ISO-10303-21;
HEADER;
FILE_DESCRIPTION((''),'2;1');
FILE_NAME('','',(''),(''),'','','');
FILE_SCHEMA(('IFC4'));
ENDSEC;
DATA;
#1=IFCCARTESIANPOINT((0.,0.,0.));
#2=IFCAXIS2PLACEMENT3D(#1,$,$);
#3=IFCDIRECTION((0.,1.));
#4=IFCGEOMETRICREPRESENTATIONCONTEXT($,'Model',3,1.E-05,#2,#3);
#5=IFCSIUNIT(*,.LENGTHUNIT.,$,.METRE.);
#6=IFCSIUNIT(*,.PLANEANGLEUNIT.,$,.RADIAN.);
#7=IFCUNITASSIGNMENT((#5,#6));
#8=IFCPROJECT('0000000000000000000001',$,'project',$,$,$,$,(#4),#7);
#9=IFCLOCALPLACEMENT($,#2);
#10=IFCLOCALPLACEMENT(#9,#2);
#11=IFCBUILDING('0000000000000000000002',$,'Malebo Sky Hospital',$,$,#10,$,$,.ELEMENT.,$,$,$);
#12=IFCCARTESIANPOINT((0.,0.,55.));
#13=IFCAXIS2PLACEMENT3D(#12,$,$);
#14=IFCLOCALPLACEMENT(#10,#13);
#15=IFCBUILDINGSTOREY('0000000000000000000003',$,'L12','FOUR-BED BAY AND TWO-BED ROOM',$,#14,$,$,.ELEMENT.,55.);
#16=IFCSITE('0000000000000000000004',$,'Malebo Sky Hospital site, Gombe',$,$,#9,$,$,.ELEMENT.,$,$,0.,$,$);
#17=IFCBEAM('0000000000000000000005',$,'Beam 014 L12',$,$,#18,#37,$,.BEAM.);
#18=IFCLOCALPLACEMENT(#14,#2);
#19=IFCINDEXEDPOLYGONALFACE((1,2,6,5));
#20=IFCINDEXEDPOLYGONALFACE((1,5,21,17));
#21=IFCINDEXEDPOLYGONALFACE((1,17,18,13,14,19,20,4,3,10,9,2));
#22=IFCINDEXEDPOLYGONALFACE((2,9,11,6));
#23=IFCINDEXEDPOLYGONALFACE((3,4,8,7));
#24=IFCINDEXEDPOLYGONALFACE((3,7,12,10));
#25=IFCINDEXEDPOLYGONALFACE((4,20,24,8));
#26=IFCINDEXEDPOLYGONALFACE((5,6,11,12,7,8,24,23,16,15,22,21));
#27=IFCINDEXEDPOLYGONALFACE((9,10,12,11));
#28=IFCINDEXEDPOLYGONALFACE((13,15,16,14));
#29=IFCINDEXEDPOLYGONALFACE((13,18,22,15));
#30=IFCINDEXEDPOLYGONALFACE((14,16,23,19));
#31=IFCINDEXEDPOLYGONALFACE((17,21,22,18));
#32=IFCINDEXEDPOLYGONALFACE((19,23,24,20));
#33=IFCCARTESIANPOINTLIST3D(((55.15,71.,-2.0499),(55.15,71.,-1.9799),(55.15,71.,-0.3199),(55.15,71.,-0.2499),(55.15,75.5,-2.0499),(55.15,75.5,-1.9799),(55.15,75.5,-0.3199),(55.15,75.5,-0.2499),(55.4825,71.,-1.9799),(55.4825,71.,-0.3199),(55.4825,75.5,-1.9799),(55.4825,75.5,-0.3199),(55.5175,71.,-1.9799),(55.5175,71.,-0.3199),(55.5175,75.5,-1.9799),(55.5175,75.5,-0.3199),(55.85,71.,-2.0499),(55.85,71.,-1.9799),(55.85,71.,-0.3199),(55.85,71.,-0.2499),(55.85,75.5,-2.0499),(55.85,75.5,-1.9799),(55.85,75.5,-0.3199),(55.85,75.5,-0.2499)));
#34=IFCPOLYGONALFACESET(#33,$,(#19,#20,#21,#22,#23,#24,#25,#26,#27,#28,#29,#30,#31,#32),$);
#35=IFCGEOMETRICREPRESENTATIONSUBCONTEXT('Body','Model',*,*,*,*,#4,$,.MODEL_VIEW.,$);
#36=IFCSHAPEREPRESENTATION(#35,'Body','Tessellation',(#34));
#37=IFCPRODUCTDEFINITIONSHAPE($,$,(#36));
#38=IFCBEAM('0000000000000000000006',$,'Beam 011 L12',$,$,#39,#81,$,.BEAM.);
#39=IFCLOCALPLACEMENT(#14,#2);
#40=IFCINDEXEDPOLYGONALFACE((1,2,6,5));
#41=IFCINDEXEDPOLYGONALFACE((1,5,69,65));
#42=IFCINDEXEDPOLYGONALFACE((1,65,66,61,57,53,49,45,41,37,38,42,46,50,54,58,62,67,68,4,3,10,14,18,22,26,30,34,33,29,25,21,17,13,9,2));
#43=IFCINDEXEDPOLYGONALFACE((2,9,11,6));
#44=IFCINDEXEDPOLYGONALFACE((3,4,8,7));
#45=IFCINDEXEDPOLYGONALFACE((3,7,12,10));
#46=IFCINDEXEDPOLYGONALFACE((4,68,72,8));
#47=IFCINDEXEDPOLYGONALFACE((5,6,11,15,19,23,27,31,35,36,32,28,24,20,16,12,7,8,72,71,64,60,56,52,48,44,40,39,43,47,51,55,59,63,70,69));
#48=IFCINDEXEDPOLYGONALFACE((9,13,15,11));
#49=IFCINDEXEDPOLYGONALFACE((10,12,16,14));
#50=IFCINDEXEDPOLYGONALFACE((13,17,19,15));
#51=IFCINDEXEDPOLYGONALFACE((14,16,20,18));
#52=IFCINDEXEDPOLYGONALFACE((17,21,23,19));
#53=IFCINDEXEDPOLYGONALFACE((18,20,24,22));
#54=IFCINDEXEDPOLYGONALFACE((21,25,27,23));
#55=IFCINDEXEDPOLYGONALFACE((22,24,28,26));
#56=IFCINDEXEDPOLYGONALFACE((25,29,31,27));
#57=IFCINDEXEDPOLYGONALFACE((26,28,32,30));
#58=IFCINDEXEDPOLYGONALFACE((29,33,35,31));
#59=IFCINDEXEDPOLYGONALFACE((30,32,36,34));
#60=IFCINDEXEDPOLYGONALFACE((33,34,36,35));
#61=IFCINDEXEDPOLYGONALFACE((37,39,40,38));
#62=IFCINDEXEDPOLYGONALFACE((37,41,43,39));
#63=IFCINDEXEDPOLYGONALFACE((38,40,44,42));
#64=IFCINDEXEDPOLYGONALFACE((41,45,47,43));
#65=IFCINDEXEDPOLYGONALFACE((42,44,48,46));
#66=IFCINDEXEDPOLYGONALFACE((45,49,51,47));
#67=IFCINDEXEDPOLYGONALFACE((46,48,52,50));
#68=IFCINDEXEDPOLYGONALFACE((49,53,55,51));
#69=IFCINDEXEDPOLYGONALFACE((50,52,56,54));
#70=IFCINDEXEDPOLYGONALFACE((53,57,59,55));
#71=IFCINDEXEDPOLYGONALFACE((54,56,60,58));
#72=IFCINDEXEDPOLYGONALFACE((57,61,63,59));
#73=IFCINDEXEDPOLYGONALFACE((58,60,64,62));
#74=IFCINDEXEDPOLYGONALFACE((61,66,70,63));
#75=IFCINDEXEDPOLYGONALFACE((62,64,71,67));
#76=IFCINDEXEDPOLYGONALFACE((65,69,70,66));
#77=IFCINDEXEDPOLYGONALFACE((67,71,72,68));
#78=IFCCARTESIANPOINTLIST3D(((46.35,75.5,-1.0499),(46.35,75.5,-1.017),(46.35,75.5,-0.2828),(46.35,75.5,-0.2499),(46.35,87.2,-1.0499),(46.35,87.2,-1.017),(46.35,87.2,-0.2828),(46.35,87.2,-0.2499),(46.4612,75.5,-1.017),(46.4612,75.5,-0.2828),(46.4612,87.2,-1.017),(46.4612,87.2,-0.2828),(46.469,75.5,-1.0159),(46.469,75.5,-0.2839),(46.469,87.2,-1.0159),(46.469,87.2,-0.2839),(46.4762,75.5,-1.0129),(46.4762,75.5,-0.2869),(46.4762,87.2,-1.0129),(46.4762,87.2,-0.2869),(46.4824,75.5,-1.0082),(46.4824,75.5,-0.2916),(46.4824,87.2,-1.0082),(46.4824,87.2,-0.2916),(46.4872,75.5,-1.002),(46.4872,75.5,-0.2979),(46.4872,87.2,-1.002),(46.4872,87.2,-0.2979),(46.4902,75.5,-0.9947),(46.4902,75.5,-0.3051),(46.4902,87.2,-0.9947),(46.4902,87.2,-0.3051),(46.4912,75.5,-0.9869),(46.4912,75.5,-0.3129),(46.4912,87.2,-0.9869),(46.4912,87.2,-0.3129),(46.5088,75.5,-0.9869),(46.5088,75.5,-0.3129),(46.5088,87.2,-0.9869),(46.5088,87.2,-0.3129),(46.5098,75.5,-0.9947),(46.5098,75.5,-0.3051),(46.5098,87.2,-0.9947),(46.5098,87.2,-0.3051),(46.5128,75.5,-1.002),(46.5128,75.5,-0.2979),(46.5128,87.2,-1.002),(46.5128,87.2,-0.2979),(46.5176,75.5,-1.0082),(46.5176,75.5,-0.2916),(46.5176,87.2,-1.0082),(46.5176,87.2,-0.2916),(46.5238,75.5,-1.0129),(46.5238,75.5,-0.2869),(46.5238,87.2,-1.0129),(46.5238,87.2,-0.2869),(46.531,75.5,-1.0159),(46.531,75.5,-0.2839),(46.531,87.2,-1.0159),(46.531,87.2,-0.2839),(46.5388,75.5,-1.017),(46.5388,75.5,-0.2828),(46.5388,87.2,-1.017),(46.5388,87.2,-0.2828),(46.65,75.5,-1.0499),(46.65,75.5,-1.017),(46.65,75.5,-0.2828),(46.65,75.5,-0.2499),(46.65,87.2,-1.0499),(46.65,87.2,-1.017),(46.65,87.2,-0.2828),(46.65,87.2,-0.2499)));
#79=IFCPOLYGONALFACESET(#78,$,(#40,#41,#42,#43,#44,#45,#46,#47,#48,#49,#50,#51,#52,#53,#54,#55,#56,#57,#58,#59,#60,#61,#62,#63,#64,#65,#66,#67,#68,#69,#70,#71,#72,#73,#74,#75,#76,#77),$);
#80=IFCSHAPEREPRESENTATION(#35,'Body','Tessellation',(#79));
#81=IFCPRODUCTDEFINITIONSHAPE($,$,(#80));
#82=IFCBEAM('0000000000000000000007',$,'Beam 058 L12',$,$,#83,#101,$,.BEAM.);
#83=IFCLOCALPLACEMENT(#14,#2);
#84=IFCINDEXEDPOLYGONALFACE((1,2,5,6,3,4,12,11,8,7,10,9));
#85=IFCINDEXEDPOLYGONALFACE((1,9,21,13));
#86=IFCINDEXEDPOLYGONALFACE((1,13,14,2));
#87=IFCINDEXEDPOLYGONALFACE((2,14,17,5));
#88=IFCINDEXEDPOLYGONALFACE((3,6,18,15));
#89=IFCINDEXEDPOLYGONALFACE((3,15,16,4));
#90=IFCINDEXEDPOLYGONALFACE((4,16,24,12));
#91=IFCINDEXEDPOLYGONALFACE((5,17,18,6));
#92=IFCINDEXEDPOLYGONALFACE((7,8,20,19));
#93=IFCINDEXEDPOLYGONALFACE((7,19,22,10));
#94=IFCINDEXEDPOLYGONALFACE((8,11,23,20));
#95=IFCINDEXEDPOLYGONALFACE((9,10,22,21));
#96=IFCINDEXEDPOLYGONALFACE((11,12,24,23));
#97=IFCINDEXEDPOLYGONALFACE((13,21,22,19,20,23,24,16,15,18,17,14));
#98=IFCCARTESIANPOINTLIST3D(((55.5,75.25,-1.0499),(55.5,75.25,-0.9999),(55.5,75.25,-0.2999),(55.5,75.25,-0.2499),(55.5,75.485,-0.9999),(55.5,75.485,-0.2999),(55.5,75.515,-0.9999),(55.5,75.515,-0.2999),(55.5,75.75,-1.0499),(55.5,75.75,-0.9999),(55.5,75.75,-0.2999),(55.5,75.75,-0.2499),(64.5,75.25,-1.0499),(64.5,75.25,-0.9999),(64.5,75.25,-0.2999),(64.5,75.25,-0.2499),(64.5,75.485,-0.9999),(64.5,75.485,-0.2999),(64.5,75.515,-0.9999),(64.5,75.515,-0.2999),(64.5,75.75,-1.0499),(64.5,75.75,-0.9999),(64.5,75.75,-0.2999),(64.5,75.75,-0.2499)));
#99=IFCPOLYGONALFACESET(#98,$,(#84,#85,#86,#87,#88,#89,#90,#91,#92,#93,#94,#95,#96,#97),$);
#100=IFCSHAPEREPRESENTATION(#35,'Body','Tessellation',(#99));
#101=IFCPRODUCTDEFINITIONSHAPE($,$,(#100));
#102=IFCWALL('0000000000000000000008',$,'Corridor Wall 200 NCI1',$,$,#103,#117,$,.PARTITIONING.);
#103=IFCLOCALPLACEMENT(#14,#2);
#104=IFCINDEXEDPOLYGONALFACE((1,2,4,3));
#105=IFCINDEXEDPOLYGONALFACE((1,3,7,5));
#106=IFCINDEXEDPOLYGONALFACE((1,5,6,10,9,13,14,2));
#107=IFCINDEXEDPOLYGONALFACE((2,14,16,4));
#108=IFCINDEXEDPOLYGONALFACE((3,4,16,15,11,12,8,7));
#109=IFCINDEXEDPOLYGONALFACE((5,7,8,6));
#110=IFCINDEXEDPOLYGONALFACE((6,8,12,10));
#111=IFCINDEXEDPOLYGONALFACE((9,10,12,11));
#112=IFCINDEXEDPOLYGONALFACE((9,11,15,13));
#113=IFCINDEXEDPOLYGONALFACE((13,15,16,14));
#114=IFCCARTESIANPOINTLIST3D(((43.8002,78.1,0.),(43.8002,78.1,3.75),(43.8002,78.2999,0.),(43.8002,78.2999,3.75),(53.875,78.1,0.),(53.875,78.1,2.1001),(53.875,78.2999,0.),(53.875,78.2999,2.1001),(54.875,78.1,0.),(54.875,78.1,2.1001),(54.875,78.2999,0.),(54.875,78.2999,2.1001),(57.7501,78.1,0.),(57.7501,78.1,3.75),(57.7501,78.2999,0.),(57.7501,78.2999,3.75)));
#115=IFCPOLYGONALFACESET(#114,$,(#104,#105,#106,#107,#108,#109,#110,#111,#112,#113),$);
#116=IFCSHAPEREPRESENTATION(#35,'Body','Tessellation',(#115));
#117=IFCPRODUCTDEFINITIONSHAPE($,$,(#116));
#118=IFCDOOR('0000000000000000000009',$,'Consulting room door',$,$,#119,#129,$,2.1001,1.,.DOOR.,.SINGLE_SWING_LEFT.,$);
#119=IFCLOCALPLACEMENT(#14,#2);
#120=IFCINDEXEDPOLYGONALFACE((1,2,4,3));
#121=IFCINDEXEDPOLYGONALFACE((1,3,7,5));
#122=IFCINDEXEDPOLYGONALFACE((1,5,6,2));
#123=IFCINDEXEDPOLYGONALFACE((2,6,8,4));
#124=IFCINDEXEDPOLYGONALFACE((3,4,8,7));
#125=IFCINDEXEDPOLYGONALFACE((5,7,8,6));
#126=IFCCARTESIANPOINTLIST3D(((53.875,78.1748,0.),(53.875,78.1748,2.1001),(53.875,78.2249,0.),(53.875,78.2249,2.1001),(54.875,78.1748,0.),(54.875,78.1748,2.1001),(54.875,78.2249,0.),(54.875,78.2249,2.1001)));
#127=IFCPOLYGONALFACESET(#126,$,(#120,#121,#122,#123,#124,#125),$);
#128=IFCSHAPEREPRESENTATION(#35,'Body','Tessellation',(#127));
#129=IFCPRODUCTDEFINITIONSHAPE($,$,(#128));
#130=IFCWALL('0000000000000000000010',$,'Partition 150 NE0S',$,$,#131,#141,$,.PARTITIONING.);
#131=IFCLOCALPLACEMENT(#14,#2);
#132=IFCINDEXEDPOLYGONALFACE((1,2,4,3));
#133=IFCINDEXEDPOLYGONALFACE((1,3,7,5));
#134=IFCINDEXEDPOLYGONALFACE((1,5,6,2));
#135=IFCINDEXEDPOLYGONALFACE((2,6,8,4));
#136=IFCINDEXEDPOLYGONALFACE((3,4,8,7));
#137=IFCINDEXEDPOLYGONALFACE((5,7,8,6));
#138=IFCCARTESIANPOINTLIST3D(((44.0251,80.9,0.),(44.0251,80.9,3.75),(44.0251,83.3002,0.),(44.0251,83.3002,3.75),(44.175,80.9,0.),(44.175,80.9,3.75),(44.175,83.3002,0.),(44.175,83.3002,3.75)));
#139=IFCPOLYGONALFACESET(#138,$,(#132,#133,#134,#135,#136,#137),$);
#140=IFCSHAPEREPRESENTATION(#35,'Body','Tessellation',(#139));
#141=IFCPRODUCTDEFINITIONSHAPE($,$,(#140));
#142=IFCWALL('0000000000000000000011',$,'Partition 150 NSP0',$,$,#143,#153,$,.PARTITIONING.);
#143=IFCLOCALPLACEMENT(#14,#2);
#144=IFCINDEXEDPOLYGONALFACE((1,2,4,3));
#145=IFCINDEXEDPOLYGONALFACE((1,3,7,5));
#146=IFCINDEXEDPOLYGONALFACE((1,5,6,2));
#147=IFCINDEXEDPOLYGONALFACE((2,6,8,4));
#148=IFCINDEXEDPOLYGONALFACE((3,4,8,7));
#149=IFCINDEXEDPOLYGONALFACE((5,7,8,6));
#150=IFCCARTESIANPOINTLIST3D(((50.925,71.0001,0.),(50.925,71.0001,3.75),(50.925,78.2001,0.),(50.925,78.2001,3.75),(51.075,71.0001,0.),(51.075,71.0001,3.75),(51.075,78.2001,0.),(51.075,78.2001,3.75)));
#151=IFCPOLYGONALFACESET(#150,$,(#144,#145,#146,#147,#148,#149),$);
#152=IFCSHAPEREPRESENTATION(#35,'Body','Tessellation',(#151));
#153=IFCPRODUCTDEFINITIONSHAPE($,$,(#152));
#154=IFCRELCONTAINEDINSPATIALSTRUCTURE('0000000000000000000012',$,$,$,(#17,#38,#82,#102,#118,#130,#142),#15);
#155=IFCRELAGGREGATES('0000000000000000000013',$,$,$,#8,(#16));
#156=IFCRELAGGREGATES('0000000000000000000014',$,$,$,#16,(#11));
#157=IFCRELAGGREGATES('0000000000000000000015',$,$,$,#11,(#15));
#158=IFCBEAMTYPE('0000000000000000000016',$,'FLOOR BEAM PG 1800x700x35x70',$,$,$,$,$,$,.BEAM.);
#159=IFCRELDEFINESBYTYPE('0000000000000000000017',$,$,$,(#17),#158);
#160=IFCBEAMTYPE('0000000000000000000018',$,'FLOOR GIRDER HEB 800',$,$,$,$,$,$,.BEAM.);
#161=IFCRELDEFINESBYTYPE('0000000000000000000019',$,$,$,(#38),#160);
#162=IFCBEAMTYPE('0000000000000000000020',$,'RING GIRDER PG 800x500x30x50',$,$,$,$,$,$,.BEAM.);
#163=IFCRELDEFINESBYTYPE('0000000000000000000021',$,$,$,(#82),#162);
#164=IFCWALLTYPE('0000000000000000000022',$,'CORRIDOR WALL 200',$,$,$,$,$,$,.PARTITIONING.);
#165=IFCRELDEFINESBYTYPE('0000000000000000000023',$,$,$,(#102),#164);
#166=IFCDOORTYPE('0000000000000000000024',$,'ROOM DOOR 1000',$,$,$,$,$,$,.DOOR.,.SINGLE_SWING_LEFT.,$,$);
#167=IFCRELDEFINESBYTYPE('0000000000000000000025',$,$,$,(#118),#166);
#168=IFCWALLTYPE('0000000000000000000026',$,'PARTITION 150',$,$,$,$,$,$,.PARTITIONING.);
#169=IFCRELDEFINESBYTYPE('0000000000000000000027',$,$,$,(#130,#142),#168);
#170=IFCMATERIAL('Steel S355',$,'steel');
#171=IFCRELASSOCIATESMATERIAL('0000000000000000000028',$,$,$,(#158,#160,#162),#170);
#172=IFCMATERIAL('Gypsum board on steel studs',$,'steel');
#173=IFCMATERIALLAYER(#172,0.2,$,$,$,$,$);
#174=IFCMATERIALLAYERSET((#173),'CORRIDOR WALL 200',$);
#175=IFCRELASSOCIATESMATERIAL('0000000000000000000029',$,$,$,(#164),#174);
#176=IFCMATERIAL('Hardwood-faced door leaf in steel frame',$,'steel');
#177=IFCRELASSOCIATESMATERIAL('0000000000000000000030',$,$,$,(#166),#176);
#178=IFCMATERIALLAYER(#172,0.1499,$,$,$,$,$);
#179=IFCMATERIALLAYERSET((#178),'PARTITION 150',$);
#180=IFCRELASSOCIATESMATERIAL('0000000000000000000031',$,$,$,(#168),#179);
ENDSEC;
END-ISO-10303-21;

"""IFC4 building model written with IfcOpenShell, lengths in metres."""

from ifc_helpers import new_model, si_unit, direction, frame, frame_2d, origin, origin_2d, place, context, subcontext, project, spatial, rectangle, i_section, extrude, material, layer, layer_set, material_profile, profile_set, type_object, element, fill, save


model = new_model("IFC4")

# Units and contexts
model_context = context("Model", 3, precision=1e-05, world=origin(), true_north=direction((0.0, 1.0)))
body_context = subcontext(model_context, "Body", "Model", "MODEL_VIEW")
ifc_project = project(units=[si_unit("LENGTHUNIT", "METRE"), si_unit("PLANEANGLEUNIT", "RADIAN")], contexts=[model_context])

# Site, building, storey
site_placement = place(None, origin())
site = spatial("IfcSite", under=ifc_project, at=site_placement, Name="Malebo Sky Hospital site, Gombe", CompositionType="ELEMENT", RefElevation=0.0)
building_placement = place(site_placement, origin())
building = spatial("IfcBuilding", under=site, at=building_placement, Name="Malebo Sky Hospital", CompositionType="ELEMENT")
storey_placement = place(building_placement, frame((0.0, 0.0, 55.0)))
storey = spatial("IfcBuildingStorey", under=building, at=storey_placement, Name="L12", Description="FOUR-BED BAY AND TWO-BED ROOM", CompositionType="ELEMENT", Elevation=55.0)

# Beams
ifc_material_1 = material(Name="Steel S355", Category="steel")
ifc_material_profile_1 = material_profile(ifc_material_1, i_section(OverallWidth=0.7, OverallDepth=1.8, WebThickness=0.0349, FlangeThickness=0.0701, at=origin_2d()), Name="PG 1800x700x35x70")
ifc_profile_set_1 = profile_set([ifc_material_profile_1], Name="Steel S355")
beam_type_1 = type_object("IfcBeamType", Name="FLOOR BEAM PG 1800x700x35x70", PredefinedType="BEAM", material=ifc_profile_set_1)
beam_1_placement = place(storey_placement, frame((55.5, 71.0, -1.1499), z_axis=(0.0, 1.0, 0.0), x_axis=(-1.0, 0.0, 0.0)))
element("IfcBeam", 1, at=beam_1_placement, inside=storey, type_object=beam_type_1, Name="Beam 014 L12", PredefinedType="BEAM", context=body_context, shape_type="SweptSolid", body=[
    extrude(i_section(OverallWidth=0.7, OverallDepth=1.8, WebThickness=0.0349, FlangeThickness=0.0701, at=origin_2d()), origin(), (0.0, 0.0, 1.0), 4.5),
])
ifc_material_profile_2 = material_profile(ifc_material_1, i_section(OverallWidth=0.3, OverallDepth=0.8, WebThickness=0.0176, FlangeThickness=0.033, FilletRadius=0.03, at=origin_2d()), Name="HEB 800")
ifc_profile_set_2 = profile_set([ifc_material_profile_2], Name="Steel S355")
beam_type_2 = type_object("IfcBeamType", Name="FLOOR GIRDER HEB 800", PredefinedType="BEAM", material=ifc_profile_set_2)
beam_2_placement = place(storey_placement, frame((46.5, 75.5, -0.6499), z_axis=(0.0, 1.0, 0.0), x_axis=(-1.0, 0.0, 0.0)))
element("IfcBeam", 2, at=beam_2_placement, inside=storey, type_object=beam_type_2, Name="Beam 011 L12", PredefinedType="BEAM", context=body_context, shape_type="SweptSolid", body=[
    extrude(i_section(OverallWidth=0.3, OverallDepth=0.8, WebThickness=0.0176, FlangeThickness=0.033, FilletRadius=0.03, at=origin_2d()), origin(), (0.0, 0.0, 1.0), 11.7),
])
ifc_material_profile_3 = material_profile(ifc_material_1, i_section(OverallWidth=0.5, OverallDepth=0.8, WebThickness=0.03, FlangeThickness=0.05, at=origin_2d()), Name="PG 800x500x30x50")
ifc_profile_set_3 = profile_set([ifc_material_profile_3], Name="Steel S355")
beam_type_3 = type_object("IfcBeamType", Name="RING GIRDER PG 800x500x30x50", PredefinedType="BEAM", material=ifc_profile_set_3)
beam_3_placement = place(storey_placement, frame((55.5, 75.5, -0.6499), z_axis=(1.0, 0.0, 0.0), x_axis=(0.0, 1.0, 0.0)))
element("IfcBeam", 3, at=beam_3_placement, inside=storey, type_object=beam_type_3, Name="Beam 058 L12", PredefinedType="BEAM", context=body_context, shape_type="SweptSolid", body=[
    extrude(i_section(OverallWidth=0.5, OverallDepth=0.8, WebThickness=0.03, FlangeThickness=0.05, at=origin_2d()), origin(), (0.0, 0.0, 1.0), 9.0),
])

# Wall, opening, door
ifc_material_2 = material(Name="Gypsum board on steel studs", Category="steel")
ifc_layer_1 = layer(ifc_material_2, 0.2)
ifc_layer_set_1 = layer_set([ifc_layer_1], Name="CORRIDOR WALL 200")
wall_type_1 = type_object("IfcWallType", Name="CORRIDOR WALL 200", PredefinedType="PARTITIONING", material=ifc_layer_set_1)
wall_1_placement = place(storey_placement, frame((43.8, 78.2, 0.0), z_axis=(0.0, 0.0, 1.0), x_axis=(1.0, 0.0, 0.0)))
wall_1 = element("IfcWall", 4, at=wall_1_placement, inside=storey, type_object=wall_type_1, Name="Corridor Wall 200 NCI1", PredefinedType="PARTITIONING", context=body_context, shape_type="SweptSolid", body=[
    extrude(rectangle(XDim=13.95, YDim=0.2, at=frame_2d((6.9751, 0.0))), origin(), (0.0, 0.0, 1.0), 3.75),
])
opening_1_placement = place(wall_1_placement, frame((10.075, 0.0, 0.0)))
opening_1 = element("IfcOpeningElement", 5, at=opening_1_placement, cuts=wall_1, PredefinedType="OPENING", context=body_context, shape_type="SweptSolid", body=[
    extrude(rectangle(XDim=1.0, YDim=2.1001, at=frame_2d((0.5, 1.05))), frame((0.0, 0.1099, 0.0), z_axis=(0.0, -1.0, 0.0), x_axis=(1.0, 0.0, 0.0)), (0.0, 0.0, 1.0), 0.22),
])
ifc_material_3 = material(Name="Hardwood-faced door leaf in steel frame", Category="steel")
door_type_1 = type_object("IfcDoorType", Name="ROOM DOOR 1000", OperationType="SINGLE_SWING_LEFT", PredefinedType="DOOR", material=ifc_material_3)
door_1_placement = place(opening_1_placement, origin())
door_1 = element("IfcDoor", 6, at=door_1_placement, inside=storey, type_object=door_type_1, Name="Consulting room door", OperationType="SINGLE_SWING_LEFT", OverallHeight=2.1001, OverallWidth=1.0, PredefinedType="DOOR", context=body_context, shape_type="SweptSolid", body=[
    extrude(rectangle(XDim=1.0, YDim=2.1001, at=frame_2d((0.5, 1.05))), frame((0.0, 0.0249, 0.0), z_axis=(0.0, -1.0, 0.0), x_axis=(1.0, 0.0, 0.0)), (0.0, 0.0, 1.0), 0.05),
])
fill(opening_1, door_1)

# Walls
ifc_layer_2 = layer(ifc_material_2, 0.1499)
ifc_layer_set_2 = layer_set([ifc_layer_2], Name="PARTITION 150")
wall_type_2 = type_object("IfcWallType", Name="PARTITION 150", PredefinedType="PARTITIONING", material=ifc_layer_set_2)
wall_2_placement = place(storey_placement, frame((44.1001, 80.8999, 0.0), z_axis=(0.0, 0.0, 1.0), x_axis=(0.0, 1.0, 0.0)))
element("IfcWall", 7, at=wall_2_placement, inside=storey, type_object=wall_type_2, Name="Partition 150 NE0S", PredefinedType="PARTITIONING", context=body_context, shape_type="SweptSolid", body=[
    extrude(rectangle(XDim=2.4001, YDim=0.1499, at=frame_2d((1.2002, 0.0))), origin(), (0.0, 0.0, 1.0), 3.75),
])
wall_3_placement = place(storey_placement, frame((51.0, 71.0, 0.0), z_axis=(0.0, 0.0, 1.0), x_axis=(0.0, 1.0, 0.0)))
element("IfcWall", 8, at=wall_3_placement, inside=storey, type_object=wall_type_2, Name="Partition 150 NSP0", PredefinedType="PARTITIONING", context=body_context, shape_type="SweptSolid", body=[
    extrude(rectangle(XDim=7.2, YDim=0.1499, at=frame_2d((3.6001, 0.0))), origin(), (0.0, 0.0, 1.0), 3.75),
])

save(model, "model.ifc")
